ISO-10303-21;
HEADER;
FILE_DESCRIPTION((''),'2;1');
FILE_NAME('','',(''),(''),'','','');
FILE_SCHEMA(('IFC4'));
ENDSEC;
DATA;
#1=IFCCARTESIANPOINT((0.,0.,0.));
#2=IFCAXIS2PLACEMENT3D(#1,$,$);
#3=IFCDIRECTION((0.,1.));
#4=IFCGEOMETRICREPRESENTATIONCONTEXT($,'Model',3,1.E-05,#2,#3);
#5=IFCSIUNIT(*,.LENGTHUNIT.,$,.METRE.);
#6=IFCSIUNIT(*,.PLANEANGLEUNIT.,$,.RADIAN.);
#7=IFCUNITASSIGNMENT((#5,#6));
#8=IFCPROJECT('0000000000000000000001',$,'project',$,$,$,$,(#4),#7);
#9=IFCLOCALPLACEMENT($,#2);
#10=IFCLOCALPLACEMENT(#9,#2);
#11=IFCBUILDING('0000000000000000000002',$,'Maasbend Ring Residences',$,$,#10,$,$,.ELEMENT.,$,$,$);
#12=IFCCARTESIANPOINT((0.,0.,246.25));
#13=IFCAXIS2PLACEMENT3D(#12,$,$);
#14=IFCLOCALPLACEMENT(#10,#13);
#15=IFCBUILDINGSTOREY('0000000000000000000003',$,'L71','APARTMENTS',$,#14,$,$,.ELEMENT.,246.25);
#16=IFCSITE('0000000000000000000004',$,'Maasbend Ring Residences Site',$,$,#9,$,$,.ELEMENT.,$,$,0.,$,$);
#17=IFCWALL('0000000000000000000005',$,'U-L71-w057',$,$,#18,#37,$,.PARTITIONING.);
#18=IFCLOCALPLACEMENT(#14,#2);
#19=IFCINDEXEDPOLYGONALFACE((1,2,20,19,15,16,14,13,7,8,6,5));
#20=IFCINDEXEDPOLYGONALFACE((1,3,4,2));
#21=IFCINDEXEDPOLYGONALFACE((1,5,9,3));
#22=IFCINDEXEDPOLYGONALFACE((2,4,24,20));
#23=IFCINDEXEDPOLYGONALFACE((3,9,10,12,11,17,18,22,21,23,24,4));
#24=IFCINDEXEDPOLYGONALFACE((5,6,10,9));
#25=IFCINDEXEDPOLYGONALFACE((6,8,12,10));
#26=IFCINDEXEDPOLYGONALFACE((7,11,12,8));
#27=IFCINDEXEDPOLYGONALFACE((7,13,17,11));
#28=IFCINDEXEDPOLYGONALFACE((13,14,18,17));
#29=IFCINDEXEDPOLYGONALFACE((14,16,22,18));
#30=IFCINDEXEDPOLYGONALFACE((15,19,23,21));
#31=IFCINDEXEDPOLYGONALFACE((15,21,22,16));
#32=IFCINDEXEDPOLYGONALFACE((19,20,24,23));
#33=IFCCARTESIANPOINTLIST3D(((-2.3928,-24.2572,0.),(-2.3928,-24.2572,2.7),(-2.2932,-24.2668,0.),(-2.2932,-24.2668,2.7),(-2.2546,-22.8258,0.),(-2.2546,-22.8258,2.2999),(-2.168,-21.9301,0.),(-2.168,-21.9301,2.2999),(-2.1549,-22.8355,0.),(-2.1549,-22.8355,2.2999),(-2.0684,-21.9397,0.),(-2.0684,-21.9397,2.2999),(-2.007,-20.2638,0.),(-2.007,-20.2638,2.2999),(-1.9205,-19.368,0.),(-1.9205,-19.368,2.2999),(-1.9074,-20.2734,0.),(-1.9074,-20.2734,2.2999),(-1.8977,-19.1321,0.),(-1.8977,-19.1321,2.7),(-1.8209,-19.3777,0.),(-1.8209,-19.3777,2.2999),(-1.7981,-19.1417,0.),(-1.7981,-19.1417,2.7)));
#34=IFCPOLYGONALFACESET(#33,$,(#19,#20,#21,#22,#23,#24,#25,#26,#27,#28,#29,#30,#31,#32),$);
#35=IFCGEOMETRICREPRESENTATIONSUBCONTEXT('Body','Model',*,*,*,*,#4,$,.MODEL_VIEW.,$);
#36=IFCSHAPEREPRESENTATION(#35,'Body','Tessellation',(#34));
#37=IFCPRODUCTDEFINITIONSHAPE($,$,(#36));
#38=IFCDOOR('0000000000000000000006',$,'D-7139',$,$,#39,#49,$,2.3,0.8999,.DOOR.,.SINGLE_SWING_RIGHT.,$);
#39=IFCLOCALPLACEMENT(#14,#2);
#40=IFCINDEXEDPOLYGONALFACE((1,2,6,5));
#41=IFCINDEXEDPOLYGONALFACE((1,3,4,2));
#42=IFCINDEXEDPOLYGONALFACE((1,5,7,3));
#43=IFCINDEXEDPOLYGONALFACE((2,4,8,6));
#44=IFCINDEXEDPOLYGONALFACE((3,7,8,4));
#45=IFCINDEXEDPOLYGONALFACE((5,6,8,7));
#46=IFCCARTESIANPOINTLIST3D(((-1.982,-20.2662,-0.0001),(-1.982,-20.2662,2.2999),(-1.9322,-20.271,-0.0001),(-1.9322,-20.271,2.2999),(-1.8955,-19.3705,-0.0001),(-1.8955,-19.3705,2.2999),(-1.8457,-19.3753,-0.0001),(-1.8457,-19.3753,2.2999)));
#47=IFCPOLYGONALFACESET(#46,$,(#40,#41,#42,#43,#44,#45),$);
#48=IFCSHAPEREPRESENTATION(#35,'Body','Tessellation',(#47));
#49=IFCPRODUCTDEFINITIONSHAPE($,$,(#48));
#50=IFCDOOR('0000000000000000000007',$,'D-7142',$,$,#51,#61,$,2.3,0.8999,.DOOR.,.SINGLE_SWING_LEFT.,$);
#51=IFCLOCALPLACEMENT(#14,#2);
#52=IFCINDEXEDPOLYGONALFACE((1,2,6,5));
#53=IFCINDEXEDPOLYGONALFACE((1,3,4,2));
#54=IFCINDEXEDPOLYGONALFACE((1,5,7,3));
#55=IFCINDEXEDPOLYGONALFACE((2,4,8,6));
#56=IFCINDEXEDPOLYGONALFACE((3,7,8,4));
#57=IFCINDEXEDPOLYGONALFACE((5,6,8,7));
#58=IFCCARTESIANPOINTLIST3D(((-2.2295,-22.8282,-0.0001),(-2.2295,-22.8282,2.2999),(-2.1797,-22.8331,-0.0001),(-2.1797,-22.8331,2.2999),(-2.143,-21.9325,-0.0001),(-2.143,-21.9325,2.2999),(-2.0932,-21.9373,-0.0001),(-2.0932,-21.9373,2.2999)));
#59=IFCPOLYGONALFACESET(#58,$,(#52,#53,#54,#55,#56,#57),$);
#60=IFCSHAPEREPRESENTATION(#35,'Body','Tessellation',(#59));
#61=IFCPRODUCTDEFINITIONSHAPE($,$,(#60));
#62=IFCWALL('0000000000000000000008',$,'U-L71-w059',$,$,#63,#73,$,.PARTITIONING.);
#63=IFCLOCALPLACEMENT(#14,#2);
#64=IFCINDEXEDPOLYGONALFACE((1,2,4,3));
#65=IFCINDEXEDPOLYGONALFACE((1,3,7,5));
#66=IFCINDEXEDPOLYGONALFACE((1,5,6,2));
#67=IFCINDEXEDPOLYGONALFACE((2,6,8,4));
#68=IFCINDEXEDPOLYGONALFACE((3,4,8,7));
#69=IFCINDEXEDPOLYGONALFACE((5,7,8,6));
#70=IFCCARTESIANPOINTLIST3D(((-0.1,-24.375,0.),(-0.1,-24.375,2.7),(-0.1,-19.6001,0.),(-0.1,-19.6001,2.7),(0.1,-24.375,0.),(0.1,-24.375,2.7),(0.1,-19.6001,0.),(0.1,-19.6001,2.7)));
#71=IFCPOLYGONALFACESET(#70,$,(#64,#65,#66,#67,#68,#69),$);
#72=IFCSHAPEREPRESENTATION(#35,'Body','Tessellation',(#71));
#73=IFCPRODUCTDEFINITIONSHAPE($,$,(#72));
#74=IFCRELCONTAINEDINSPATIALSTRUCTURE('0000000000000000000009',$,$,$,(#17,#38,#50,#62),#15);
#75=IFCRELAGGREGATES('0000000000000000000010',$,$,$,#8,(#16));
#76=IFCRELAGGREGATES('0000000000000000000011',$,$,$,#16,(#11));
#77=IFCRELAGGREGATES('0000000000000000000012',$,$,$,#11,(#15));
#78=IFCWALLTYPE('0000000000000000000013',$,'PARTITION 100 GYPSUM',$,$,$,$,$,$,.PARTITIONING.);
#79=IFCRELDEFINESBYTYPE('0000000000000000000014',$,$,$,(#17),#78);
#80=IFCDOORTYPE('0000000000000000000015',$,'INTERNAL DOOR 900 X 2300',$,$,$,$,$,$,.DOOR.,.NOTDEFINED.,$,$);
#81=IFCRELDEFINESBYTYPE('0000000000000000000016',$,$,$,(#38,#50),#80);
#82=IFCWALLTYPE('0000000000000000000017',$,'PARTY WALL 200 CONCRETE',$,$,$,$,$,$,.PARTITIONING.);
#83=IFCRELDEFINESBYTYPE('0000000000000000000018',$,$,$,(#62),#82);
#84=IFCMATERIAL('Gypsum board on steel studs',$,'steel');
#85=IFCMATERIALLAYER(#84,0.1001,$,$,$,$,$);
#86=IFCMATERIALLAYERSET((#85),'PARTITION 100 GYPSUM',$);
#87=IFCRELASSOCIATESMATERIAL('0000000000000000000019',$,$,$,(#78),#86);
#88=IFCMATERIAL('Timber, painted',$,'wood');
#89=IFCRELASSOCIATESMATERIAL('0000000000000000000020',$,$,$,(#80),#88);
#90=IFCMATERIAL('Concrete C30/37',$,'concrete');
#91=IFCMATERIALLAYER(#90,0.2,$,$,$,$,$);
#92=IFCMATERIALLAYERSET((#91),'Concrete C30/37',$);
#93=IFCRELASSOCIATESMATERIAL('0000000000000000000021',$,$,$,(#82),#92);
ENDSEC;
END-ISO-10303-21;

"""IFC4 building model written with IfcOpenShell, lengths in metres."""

from ifc_helpers import new_model, si_unit, direction, frame, frame_2d, origin, place, context, subcontext, project, spatial, rectangle, extrude, material, layer, layer_set, type_object, element, fill, save


model = new_model("IFC4")

# Units and contexts
model_context = context("Model", 3, precision=1e-05, world=origin(), true_north=direction((0.0, 1.0)))
body_context = subcontext(model_context, "Body", "Model", "MODEL_VIEW")
ifc_project = project(units=[si_unit("LENGTHUNIT", "METRE"), si_unit("PLANEANGLEUNIT", "RADIAN")], contexts=[model_context])

# Site, building, storey
site_placement = place(None, origin())
site = spatial("IfcSite", under=ifc_project, at=site_placement, Name="Maasbend Ring Residences Site", CompositionType="ELEMENT", RefElevation=0.0)
building_placement = place(site_placement, origin())
building = spatial("IfcBuilding", under=site, at=building_placement, Name="Maasbend Ring Residences", CompositionType="ELEMENT")
storey_placement = place(building_placement, frame((0.0, 0.0, 246.25)))
storey = spatial("IfcBuildingStorey", under=building, at=storey_placement, Name="L71", Description="APARTMENTS", CompositionType="ELEMENT", Elevation=246.25)

# Shared definitions
ifc_material_1 = material(Name="Gypsum board on steel studs", Category="steel")
ifc_layer_1 = layer(ifc_material_1, 0.1001)
ifc_layer_set_1 = layer_set([ifc_layer_1], Name="PARTITION 100 GYPSUM")
wall_type_1 = type_object("IfcWallType", Name="PARTITION 100 GYPSUM", PredefinedType="PARTITIONING", material=ifc_layer_set_1)
ifc_material_2 = material(Name="Timber, painted", Category="wood")
door_type_1 = type_object("IfcDoorType", Name="INTERNAL DOOR 900 X 2300", OperationType="NOTDEFINED", PredefinedType="DOOR", material=ifc_material_2)

# Wall, openings, doors
wall_1_placement = place(storey_placement, frame((-2.343, -24.262, 0.0), z_axis=(0.0, 0.0, 1.0), x_axis=(0.096161, 0.995366, 0.0)))
wall_1 = element("IfcWall", 1, at=wall_1_placement, inside=storey, type_object=wall_type_1, Name="U-L71-w057", PredefinedType="PARTITIONING", context=body_context, shape_type="SweptSolid", body=[
    extrude(rectangle(XDim=5.1489, YDim=0.1001, at=frame_2d((2.5745, 0.0))), origin(), (0.0, 0.0, 1.0), 2.7),
])
opening_1_placement = place(wall_1_placement, frame((4.012, 0.0, 0.0)))
opening_1 = element("IfcOpeningElement", 2, at=opening_1_placement, cuts=wall_1, PredefinedType="OPENING", context=body_context, shape_type="SweptSolid", body=[
    extrude(rectangle(XDim=0.8999, YDim=2.3, at=frame_2d((0.45, 1.1499))), frame((0.0, 0.0601, 0.0), z_axis=(0.0, -1.0, 0.0), x_axis=(1.0, 0.0, 0.0)), (0.0, 0.0, 1.0), 0.1201),
])
opening_2_placement = place(wall_1_placement, frame((1.438, 0.0, 0.0)))
opening_2 = element("IfcOpeningElement", 3, at=opening_2_placement, cuts=wall_1, PredefinedType="OPENING", context=body_context, shape_type="SweptSolid", body=[
    extrude(rectangle(XDim=0.8999, YDim=2.3, at=frame_2d((0.45, 1.1499))), frame((0.0, 0.0601, 0.0), z_axis=(0.0, -1.0, 0.0), x_axis=(1.0, 0.0, 0.0)), (0.0, 0.0, 1.0), 0.1201),
])
door_1_placement = place(opening_1_placement, origin())
door_1 = element("IfcDoor", 4, at=door_1_placement, inside=storey, type_object=door_type_1, Name="D-7139", OperationType="SINGLE_SWING_RIGHT", OverallHeight=2.3, OverallWidth=0.8999, PredefinedType="DOOR", context=body_context, shape_type="SweptSolid", body=[
    extrude(rectangle(XDim=0.8999, YDim=2.3, at=frame_2d((0.45, 1.1499))), frame((0.0, 0.0249, 0.0), z_axis=(0.0, -1.0, 0.0), x_axis=(1.0, 0.0, 0.0)), (0.0, 0.0, 1.0), 0.05),
])
fill(opening_1, door_1)
door_2_placement = place(opening_2_placement, origin())
door_2 = element("IfcDoor", 5, at=door_2_placement, inside=storey, type_object=door_type_1, Name="D-7142", OperationType="SINGLE_SWING_LEFT", OverallHeight=2.3, OverallWidth=0.8999, PredefinedType="DOOR", context=body_context, shape_type="SweptSolid", body=[
    extrude(rectangle(XDim=0.8999, YDim=2.3, at=frame_2d((0.45, 1.1499))), frame((0.0, 0.0249, 0.0), z_axis=(0.0, -1.0, 0.0), x_axis=(1.0, 0.0, 0.0)), (0.0, 0.0, 1.0), 0.05),
])
fill(opening_2, door_2)

# Wall
ifc_material_3 = material(Name="Concrete C30/37", Category="concrete")
ifc_layer_2 = layer(ifc_material_3, 0.2)
ifc_layer_set_2 = layer_set([ifc_layer_2], Name="Concrete C30/37")
wall_type_2 = type_object("IfcWallType", Name="PARTY WALL 200 CONCRETE", PredefinedType="PARTITIONING", material=ifc_layer_set_2)
wall_2_placement = place(storey_placement, frame((0.0, -24.375, 0.0), z_axis=(0.0, 0.0, 1.0), x_axis=(0.0, 1.0, 0.0)))
element("IfcWall", 6, at=wall_2_placement, inside=storey, type_object=wall_type_2, Name="U-L71-w059", PredefinedType="PARTITIONING", context=body_context, shape_type="SweptSolid", body=[
    extrude(rectangle(XDim=4.7749, YDim=0.2, at=frame_2d((2.3875, 0.0))), origin(), (0.0, 0.0, 1.0), 2.7),
])

save(model, "model.ifc")
